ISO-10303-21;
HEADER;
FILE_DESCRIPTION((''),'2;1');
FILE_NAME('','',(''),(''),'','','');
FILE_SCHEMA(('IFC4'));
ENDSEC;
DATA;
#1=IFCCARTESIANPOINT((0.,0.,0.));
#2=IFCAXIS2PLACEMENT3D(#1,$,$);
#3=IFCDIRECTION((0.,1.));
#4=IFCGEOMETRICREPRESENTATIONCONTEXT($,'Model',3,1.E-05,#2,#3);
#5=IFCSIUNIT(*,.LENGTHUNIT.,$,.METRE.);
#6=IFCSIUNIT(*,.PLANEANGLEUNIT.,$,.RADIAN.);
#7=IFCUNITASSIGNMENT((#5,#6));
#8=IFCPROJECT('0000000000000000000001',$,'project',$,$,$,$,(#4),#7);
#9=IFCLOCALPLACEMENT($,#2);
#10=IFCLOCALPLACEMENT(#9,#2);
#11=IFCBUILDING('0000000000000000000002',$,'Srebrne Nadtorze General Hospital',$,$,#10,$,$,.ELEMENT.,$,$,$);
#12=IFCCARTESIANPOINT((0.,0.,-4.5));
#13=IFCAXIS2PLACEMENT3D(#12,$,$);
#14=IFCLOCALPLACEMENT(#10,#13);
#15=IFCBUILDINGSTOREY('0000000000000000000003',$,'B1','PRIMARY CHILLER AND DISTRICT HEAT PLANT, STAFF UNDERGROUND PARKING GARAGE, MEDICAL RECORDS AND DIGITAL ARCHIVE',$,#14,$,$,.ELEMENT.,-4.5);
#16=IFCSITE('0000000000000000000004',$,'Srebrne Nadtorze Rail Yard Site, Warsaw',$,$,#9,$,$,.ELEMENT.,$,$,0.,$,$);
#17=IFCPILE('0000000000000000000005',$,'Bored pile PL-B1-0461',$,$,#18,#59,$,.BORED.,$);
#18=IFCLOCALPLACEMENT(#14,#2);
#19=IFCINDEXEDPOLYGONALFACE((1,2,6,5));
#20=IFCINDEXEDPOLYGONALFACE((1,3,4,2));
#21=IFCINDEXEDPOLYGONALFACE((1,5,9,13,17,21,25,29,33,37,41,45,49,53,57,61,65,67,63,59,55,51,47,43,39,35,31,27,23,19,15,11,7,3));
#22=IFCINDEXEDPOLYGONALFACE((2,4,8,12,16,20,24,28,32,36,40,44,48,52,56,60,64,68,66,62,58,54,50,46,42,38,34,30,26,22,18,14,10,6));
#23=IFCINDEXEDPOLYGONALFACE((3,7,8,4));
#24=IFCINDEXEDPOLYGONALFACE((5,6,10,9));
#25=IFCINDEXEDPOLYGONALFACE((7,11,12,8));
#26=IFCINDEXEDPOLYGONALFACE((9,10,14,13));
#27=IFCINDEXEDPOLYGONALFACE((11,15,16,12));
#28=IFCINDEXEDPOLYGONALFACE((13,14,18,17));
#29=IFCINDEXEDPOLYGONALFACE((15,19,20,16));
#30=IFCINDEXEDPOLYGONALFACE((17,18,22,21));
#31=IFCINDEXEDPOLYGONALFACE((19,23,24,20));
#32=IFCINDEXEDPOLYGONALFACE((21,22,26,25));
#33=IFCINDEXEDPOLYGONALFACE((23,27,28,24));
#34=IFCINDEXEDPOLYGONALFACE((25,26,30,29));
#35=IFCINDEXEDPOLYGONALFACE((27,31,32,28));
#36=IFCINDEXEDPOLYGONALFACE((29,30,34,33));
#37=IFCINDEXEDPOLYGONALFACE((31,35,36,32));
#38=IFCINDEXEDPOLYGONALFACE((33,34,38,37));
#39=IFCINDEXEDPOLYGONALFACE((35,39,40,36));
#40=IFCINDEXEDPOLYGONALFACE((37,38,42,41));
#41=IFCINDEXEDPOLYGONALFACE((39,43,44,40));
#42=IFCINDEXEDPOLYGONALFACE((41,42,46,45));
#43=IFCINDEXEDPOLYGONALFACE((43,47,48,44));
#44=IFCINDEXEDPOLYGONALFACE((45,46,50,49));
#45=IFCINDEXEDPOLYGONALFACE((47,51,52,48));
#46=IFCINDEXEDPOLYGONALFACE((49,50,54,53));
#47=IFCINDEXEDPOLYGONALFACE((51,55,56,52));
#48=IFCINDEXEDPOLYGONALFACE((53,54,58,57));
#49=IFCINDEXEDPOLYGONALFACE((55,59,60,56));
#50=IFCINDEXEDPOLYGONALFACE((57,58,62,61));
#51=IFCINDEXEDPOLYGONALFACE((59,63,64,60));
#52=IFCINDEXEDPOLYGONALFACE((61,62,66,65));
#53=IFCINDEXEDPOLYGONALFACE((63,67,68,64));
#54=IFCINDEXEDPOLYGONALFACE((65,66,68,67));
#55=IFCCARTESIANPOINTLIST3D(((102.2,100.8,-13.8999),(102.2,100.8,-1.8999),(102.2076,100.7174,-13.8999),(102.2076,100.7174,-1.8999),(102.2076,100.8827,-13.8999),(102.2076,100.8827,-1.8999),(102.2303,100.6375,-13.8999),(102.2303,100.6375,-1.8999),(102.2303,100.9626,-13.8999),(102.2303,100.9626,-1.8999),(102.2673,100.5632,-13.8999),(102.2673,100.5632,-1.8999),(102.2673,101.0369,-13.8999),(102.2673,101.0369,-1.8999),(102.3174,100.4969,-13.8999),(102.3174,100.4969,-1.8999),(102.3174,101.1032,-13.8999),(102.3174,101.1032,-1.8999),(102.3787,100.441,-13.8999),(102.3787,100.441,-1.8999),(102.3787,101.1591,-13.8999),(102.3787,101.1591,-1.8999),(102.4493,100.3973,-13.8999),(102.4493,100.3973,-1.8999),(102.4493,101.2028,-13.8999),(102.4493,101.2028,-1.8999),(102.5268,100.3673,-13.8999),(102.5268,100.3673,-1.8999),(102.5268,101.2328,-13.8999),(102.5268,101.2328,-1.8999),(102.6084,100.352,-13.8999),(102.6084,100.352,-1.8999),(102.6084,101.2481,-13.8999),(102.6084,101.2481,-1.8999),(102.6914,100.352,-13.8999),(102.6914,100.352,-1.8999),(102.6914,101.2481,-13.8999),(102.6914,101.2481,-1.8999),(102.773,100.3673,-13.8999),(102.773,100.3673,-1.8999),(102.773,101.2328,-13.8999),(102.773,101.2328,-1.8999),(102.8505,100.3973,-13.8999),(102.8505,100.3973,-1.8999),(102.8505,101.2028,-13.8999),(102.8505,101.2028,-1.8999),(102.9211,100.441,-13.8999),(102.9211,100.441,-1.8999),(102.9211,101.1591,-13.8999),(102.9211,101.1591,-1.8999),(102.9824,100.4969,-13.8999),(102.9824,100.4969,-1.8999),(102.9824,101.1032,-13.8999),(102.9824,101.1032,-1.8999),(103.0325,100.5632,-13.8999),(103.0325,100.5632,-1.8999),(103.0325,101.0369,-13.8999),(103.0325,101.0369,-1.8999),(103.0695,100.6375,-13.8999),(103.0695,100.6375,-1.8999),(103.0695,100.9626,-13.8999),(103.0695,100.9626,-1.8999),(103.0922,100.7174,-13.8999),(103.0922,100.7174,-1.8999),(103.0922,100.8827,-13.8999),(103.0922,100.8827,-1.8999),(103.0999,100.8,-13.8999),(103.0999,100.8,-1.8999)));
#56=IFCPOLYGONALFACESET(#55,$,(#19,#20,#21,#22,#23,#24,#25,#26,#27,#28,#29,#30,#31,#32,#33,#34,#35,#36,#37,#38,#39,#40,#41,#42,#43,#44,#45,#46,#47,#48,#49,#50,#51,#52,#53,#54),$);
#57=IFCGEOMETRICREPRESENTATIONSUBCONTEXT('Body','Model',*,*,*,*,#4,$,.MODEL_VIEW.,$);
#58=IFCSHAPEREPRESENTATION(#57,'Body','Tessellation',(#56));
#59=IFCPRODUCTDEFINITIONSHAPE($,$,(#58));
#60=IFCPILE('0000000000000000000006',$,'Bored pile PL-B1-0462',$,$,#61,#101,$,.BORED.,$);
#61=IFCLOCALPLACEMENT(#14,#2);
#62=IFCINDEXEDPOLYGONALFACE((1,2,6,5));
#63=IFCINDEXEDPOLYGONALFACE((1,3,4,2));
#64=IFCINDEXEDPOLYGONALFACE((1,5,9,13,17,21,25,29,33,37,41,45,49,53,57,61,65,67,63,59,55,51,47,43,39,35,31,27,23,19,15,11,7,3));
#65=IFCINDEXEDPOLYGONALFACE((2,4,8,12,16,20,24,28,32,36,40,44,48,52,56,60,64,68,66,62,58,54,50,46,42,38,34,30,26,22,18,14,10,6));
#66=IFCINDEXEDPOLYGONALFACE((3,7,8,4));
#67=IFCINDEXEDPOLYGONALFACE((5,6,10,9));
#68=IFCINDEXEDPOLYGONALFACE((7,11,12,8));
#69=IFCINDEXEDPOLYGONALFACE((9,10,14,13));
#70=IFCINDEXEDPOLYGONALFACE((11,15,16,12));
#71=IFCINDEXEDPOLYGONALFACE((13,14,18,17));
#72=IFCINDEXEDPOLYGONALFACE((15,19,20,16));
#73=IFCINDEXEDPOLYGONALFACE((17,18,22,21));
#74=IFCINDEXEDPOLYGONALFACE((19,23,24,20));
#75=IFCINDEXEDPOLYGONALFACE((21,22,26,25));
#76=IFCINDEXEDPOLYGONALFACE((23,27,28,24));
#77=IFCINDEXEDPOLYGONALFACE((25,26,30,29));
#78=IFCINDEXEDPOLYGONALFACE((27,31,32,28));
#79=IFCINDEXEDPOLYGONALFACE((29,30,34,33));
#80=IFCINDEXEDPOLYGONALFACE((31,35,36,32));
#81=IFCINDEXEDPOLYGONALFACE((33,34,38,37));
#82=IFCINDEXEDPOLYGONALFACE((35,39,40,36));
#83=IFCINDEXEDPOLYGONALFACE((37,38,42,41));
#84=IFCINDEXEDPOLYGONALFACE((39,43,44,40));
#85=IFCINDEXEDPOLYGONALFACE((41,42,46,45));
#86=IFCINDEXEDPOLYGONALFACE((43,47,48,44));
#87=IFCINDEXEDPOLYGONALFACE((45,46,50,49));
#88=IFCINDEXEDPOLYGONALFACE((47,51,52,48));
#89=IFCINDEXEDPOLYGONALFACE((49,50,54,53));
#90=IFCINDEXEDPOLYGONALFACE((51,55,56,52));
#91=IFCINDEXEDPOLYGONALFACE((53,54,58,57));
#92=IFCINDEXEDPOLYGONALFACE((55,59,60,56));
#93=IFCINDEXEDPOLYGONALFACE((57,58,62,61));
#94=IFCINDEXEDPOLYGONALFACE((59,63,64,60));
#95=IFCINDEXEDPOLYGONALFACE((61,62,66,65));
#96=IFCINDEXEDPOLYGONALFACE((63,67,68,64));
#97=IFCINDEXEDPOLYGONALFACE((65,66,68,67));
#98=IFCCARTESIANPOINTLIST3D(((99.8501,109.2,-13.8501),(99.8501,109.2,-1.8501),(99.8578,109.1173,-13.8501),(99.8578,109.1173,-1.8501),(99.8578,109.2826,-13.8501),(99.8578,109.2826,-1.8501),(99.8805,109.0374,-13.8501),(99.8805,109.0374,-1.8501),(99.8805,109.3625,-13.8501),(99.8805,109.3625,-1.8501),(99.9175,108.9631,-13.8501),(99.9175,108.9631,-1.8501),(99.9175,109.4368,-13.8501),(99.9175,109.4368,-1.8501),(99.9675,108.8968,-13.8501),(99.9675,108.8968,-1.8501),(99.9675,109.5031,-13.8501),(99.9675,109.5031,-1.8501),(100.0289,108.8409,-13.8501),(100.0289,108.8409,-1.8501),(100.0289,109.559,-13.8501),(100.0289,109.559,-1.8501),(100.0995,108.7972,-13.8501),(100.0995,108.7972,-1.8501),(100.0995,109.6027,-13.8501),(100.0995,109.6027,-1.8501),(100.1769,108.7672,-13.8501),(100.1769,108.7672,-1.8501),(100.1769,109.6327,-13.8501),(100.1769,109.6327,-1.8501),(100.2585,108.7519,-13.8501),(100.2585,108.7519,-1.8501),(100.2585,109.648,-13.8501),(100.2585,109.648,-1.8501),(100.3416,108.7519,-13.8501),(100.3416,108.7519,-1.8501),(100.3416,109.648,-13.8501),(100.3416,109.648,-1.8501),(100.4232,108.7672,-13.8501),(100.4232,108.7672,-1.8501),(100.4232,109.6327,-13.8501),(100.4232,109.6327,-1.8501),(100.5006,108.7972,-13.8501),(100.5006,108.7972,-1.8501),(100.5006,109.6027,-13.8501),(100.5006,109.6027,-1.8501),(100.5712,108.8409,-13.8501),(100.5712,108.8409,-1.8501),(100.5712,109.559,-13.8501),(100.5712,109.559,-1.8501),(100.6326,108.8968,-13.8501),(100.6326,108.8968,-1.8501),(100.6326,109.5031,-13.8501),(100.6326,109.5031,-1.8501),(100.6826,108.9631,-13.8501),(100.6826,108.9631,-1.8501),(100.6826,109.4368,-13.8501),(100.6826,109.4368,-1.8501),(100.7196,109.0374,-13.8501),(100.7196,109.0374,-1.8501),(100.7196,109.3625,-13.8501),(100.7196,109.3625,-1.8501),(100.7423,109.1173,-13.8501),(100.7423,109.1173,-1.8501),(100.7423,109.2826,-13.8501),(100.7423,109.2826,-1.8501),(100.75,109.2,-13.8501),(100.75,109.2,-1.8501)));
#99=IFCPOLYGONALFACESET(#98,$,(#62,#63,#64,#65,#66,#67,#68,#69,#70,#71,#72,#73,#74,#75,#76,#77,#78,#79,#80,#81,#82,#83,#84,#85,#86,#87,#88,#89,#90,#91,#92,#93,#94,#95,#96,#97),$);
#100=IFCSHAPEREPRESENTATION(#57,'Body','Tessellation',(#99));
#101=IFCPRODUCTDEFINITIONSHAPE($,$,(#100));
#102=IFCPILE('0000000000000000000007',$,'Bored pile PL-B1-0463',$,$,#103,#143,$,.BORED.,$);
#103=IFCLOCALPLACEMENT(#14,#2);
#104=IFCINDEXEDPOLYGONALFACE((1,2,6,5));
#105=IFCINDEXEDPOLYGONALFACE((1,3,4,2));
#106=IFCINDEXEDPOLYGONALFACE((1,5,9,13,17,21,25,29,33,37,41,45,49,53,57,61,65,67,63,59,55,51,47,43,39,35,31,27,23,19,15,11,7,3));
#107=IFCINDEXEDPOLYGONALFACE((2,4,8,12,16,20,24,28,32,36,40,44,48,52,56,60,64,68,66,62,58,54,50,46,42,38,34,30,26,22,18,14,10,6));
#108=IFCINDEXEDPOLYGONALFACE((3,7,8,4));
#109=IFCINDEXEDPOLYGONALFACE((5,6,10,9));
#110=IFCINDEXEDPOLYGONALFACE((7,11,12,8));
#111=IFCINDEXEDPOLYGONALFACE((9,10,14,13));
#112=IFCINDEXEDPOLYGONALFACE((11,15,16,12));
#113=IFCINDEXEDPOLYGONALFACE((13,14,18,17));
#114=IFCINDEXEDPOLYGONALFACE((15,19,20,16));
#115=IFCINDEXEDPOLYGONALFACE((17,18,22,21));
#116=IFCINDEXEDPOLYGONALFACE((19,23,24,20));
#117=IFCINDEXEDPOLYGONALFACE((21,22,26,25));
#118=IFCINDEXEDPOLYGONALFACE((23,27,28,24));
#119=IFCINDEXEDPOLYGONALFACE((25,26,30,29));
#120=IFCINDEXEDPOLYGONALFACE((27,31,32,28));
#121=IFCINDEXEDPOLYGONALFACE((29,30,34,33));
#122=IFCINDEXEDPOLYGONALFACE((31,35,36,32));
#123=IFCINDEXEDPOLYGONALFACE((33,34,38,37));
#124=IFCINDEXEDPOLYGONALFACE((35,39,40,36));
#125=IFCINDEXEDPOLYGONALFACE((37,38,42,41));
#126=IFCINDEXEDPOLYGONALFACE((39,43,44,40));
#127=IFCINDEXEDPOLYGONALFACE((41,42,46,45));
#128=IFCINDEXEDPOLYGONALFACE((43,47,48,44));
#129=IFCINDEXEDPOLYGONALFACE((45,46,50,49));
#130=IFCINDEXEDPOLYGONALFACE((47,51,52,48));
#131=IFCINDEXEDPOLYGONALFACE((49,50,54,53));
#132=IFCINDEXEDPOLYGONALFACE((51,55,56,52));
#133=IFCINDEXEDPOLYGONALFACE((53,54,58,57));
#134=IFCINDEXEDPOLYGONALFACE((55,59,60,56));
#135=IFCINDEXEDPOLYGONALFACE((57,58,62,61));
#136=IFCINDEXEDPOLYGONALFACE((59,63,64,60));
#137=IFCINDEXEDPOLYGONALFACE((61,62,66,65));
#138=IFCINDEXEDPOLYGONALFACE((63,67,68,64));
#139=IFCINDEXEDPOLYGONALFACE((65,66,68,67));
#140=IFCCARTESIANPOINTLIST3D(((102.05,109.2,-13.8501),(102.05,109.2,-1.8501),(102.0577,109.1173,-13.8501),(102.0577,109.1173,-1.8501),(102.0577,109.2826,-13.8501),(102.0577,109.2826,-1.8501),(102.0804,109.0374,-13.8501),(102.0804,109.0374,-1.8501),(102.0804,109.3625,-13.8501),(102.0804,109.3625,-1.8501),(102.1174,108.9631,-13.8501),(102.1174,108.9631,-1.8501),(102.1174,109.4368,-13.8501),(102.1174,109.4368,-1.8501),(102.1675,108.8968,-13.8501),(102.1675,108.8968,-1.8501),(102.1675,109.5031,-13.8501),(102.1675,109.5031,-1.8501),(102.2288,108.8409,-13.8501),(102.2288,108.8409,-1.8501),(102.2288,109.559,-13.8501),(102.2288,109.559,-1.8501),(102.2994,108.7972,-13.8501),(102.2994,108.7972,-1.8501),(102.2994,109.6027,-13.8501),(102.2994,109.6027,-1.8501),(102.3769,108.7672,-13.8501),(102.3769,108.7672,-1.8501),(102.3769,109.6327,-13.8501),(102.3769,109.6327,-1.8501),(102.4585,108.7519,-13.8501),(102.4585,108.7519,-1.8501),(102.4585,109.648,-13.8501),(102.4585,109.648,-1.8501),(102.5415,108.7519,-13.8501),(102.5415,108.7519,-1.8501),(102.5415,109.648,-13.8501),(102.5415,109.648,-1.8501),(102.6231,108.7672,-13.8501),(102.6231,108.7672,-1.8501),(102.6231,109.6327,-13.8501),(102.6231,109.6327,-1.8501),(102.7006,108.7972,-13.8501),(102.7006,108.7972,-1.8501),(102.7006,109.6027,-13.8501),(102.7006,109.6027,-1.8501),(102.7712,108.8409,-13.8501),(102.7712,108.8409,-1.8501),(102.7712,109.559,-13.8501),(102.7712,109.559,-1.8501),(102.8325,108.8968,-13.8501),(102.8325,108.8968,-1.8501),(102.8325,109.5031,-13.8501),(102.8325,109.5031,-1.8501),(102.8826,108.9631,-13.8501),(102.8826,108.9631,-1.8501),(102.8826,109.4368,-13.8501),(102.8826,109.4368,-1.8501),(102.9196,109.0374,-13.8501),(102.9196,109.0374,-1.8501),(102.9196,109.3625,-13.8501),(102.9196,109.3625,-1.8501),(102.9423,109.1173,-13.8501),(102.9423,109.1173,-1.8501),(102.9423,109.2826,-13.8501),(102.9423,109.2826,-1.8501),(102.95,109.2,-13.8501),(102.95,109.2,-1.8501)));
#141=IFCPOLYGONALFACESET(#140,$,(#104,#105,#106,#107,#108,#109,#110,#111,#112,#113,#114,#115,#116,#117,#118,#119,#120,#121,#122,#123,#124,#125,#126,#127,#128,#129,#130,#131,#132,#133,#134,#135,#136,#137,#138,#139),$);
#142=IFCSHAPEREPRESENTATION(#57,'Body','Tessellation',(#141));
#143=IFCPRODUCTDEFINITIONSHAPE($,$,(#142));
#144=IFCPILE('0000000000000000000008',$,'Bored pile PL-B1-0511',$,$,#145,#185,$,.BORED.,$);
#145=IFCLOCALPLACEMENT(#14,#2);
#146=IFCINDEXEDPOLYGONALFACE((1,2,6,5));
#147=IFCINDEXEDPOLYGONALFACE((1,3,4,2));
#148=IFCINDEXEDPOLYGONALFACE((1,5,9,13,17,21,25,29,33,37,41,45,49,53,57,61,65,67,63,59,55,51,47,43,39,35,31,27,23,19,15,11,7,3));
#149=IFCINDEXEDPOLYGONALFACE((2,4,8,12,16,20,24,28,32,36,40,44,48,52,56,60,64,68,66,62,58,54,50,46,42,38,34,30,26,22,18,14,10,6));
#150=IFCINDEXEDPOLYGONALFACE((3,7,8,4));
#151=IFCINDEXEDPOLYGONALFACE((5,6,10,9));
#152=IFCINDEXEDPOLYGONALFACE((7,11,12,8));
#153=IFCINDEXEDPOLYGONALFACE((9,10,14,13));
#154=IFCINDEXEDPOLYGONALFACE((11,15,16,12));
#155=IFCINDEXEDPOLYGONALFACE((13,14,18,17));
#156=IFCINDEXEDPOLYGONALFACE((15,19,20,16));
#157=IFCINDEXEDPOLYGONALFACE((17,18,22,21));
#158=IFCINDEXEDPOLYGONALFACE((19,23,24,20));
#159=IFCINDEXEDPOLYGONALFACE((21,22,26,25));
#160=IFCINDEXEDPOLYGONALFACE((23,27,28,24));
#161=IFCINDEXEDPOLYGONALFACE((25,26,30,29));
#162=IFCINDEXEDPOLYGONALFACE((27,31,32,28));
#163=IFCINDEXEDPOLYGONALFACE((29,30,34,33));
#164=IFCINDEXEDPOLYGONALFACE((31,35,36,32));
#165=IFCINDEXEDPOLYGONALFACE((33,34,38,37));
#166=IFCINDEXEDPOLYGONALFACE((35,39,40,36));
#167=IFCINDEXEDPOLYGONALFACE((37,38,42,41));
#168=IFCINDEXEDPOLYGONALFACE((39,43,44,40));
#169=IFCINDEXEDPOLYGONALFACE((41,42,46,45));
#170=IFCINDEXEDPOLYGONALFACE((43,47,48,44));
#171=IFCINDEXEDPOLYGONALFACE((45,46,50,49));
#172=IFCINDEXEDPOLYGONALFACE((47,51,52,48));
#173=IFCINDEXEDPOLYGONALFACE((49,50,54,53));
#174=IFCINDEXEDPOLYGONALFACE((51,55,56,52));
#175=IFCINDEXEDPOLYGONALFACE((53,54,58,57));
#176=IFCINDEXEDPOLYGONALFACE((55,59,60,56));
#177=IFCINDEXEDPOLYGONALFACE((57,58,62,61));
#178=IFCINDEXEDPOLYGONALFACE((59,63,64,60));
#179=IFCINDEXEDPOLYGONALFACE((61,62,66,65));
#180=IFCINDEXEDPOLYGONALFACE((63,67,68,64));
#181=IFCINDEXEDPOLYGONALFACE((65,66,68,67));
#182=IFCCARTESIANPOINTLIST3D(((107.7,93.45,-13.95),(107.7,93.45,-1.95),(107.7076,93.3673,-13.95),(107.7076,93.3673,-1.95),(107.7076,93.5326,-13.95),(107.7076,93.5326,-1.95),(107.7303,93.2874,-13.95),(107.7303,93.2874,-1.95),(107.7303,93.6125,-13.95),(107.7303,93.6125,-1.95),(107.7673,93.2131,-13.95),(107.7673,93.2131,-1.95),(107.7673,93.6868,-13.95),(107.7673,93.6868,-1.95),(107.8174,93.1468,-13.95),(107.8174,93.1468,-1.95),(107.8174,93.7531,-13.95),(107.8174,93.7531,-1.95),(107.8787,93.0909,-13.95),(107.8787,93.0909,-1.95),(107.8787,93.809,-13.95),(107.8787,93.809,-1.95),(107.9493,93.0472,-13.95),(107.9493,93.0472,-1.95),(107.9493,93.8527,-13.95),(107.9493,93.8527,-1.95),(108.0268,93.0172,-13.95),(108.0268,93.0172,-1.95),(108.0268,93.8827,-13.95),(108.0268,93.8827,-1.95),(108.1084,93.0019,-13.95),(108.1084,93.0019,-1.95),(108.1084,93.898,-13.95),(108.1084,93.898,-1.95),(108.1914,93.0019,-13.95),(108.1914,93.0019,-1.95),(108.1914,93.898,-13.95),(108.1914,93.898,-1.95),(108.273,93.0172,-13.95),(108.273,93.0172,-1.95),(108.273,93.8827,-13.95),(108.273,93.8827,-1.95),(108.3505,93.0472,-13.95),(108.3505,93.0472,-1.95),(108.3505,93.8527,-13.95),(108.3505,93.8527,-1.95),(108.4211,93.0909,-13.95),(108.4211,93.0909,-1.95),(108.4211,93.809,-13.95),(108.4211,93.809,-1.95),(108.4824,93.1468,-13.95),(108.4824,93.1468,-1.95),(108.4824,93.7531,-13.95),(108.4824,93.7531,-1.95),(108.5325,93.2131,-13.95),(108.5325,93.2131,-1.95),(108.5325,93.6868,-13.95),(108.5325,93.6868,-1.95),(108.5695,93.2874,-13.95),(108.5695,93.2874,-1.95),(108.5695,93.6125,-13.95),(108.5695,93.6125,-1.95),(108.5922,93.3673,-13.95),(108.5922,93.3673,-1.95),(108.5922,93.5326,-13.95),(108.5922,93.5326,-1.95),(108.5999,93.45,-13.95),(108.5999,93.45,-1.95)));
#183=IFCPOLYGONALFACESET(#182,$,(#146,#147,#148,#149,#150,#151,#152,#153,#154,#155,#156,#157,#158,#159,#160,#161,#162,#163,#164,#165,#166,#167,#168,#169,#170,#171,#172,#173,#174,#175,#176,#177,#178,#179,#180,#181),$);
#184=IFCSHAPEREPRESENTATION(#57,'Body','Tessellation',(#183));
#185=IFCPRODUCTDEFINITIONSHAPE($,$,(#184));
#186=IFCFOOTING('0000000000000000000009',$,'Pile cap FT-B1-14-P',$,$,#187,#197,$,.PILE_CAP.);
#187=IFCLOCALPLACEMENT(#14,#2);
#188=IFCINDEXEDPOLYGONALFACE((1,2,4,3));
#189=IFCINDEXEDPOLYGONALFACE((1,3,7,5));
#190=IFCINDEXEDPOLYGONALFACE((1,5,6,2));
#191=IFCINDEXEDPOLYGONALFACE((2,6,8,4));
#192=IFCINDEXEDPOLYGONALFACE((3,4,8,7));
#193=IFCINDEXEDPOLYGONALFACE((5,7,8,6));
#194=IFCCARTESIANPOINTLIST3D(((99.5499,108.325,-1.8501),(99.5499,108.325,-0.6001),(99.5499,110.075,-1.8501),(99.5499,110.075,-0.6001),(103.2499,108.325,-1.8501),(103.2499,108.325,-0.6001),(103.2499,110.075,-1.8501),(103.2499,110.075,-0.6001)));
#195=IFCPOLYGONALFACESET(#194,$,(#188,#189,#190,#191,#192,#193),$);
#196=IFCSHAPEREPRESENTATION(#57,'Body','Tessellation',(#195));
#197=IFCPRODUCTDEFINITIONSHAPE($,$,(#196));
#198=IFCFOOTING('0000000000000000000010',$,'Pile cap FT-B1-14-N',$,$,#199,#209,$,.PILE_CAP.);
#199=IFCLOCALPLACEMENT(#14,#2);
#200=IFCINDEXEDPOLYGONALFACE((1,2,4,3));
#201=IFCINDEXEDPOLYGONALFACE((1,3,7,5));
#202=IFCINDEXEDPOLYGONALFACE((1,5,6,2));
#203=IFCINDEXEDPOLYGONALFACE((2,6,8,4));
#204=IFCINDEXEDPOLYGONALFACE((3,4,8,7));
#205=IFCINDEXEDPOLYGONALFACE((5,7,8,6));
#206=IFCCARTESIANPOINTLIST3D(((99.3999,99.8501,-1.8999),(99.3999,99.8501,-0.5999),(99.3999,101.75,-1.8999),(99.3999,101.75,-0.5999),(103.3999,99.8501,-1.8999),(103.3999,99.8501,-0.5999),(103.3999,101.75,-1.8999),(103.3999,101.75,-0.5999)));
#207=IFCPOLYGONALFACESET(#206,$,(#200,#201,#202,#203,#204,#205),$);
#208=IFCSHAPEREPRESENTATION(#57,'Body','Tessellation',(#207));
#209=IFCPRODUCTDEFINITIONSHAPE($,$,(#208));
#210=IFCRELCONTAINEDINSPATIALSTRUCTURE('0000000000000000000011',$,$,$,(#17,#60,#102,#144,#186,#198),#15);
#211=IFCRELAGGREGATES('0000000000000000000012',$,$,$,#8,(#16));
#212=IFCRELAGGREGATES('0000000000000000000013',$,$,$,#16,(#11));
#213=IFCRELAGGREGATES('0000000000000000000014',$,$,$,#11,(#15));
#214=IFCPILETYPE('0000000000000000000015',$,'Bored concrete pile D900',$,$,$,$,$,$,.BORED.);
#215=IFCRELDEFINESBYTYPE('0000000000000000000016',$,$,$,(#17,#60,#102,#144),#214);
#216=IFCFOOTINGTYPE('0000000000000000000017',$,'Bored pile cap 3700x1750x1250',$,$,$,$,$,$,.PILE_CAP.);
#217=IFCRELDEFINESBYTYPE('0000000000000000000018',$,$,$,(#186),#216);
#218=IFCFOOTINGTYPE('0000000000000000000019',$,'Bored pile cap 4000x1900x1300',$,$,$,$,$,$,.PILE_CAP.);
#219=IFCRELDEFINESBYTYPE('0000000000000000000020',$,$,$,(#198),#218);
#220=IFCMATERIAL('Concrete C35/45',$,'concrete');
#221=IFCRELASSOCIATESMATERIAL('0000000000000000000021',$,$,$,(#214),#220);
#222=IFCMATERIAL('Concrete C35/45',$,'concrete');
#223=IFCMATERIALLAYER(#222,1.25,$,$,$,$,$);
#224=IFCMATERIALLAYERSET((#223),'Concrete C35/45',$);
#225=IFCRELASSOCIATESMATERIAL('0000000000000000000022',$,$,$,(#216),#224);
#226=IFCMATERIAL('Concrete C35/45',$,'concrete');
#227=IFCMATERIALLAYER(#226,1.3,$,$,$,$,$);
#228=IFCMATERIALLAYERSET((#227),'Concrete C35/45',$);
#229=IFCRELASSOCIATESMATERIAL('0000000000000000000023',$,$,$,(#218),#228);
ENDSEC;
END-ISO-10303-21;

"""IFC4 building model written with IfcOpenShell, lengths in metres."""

from ifc_helpers import new_model, si_unit, direction, frame, origin, origin_2d, place, context, subcontext, project, spatial, rectangle, circle, extrude, material, layer, layer_set, material_profile, profile_set, type_object, element, save


model = new_model("IFC4")

# Units and contexts
model_context = context("Model", 3, precision=1e-05, world=origin(), true_north=direction((0.0, 1.0)))
body_context = subcontext(model_context, "Body", "Model", "MODEL_VIEW")
ifc_project = project(units=[si_unit("LENGTHUNIT", "METRE"), si_unit("PLANEANGLEUNIT", "RADIAN")], contexts=[model_context])

# Site, building, storey
site_placement = place(None, origin())
site = spatial("IfcSite", under=ifc_project, at=site_placement, Name="Srebrne Nadtorze Rail Yard Site, Warsaw", CompositionType="ELEMENT", RefElevation=0.0)
building_placement = place(site_placement, origin())
building = spatial("IfcBuilding", under=site, at=building_placement, Name="Srebrne Nadtorze General Hospital", CompositionType="ELEMENT")
storey_placement = place(building_placement, frame((0.0, 0.0, -4.5)))
storey = spatial("IfcBuildingStorey", under=building, at=storey_placement, Name="B1", Description="PRIMARY CHILLER AND DISTRICT HEAT PLANT, STAFF UNDERGROUND PARKING GARAGE, MEDICAL RECORDS AND DIGITAL ARCHIVE", CompositionType="ELEMENT", Elevation=-4.5)

# Piles
ifc_material_1 = material(Name="Concrete C35/45", Category="concrete")
ifc_material_profile_1 = material_profile(ifc_material_1, circle(Radius=0.45, at=origin_2d()), Name="PILE-D900")
ifc_profile_set_1 = profile_set([ifc_material_profile_1], Name="Concrete C35/45")
pile_type_1 = type_object("IfcPileType", Name="Bored concrete pile D900", PredefinedType="BORED", material=ifc_profile_set_1)
for number, where, z_axis, x_axis, name in (
    (1, (102.6499, 100.8, -1.8999), (0.0, 0.0, -1.0), (1.0, 0.0, 0.0), "Bored pile PL-B1-0461"),
    (2, (100.3, 109.2, -1.8501), (0.0, 0.0, -1.0), (1.0, 0.0, 0.0), "Bored pile PL-B1-0462"),
    (3, (102.5, 109.2, -1.8501), (0.0, 0.0, -1.0), (1.0, 0.0, 0.0), "Bored pile PL-B1-0463"),
    (4, (108.1499, 93.45, -1.95), (0.0, 0.0, -1.0), (1.0, 0.0, 0.0), "Bored pile PL-B1-0511"),
):
    element("IfcPile", number, at=place(storey_placement, frame(where, z_axis=z_axis, x_axis=x_axis)), inside=storey, type_object=pile_type_1, Name=name, PredefinedType="BORED", context=body_context, shape_type="SweptSolid", body=[
        extrude(circle(Radius=0.45, at=origin_2d()), origin(), (0.0, 0.0, 1.0), 12.0),
    ])

# Footings
ifc_material_2 = material(Name="Concrete C35/45", Category="concrete")
ifc_layer_1 = layer(ifc_material_2, 1.25)
ifc_layer_set_1 = layer_set([ifc_layer_1], Name="Concrete C35/45")
footing_type_1 = type_object("IfcFootingType", Name="Bored pile cap 3700x1750x1250", PredefinedType="PILE_CAP", material=ifc_layer_set_1)
footing_1_placement = place(storey_placement, frame((101.3999, 109.2, -1.8501), z_axis=(0.0, 0.0, 1.0), x_axis=(1.0, 0.0, 0.0)))
element("IfcFooting", 5, at=footing_1_placement, inside=storey, type_object=footing_type_1, Name="Pile cap FT-B1-14-P", PredefinedType="PILE_CAP", context=body_context, shape_type="SweptSolid", body=[
    extrude(rectangle(XDim=3.7, YDim=1.75, at=origin_2d()), origin(), (0.0, 0.0, 1.0), 1.25),
])
ifc_material_3 = material(Name="Concrete C35/45", Category="concrete")
ifc_layer_2 = layer(ifc_material_3, 1.3)
ifc_layer_set_2 = layer_set([ifc_layer_2], Name="Concrete C35/45")
footing_type_2 = type_object("IfcFootingType", Name="Bored pile cap 4000x1900x1300", PredefinedType="PILE_CAP", material=ifc_layer_set_2)
footing_2_placement = place(storey_placement, frame((101.3999, 100.8, -1.8999), z_axis=(0.0, 0.0, 1.0), x_axis=(1.0, 0.0, 0.0)))
element("IfcFooting", 6, at=footing_2_placement, inside=storey, type_object=footing_type_2, Name="Pile cap FT-B1-14-N", PredefinedType="PILE_CAP", context=body_context, shape_type="SweptSolid", body=[
    extrude(rectangle(XDim=4.0, YDim=1.8999, at=origin_2d()), origin(), (0.0, 0.0, 1.0), 1.3),
])

save(model, "model.ifc")
